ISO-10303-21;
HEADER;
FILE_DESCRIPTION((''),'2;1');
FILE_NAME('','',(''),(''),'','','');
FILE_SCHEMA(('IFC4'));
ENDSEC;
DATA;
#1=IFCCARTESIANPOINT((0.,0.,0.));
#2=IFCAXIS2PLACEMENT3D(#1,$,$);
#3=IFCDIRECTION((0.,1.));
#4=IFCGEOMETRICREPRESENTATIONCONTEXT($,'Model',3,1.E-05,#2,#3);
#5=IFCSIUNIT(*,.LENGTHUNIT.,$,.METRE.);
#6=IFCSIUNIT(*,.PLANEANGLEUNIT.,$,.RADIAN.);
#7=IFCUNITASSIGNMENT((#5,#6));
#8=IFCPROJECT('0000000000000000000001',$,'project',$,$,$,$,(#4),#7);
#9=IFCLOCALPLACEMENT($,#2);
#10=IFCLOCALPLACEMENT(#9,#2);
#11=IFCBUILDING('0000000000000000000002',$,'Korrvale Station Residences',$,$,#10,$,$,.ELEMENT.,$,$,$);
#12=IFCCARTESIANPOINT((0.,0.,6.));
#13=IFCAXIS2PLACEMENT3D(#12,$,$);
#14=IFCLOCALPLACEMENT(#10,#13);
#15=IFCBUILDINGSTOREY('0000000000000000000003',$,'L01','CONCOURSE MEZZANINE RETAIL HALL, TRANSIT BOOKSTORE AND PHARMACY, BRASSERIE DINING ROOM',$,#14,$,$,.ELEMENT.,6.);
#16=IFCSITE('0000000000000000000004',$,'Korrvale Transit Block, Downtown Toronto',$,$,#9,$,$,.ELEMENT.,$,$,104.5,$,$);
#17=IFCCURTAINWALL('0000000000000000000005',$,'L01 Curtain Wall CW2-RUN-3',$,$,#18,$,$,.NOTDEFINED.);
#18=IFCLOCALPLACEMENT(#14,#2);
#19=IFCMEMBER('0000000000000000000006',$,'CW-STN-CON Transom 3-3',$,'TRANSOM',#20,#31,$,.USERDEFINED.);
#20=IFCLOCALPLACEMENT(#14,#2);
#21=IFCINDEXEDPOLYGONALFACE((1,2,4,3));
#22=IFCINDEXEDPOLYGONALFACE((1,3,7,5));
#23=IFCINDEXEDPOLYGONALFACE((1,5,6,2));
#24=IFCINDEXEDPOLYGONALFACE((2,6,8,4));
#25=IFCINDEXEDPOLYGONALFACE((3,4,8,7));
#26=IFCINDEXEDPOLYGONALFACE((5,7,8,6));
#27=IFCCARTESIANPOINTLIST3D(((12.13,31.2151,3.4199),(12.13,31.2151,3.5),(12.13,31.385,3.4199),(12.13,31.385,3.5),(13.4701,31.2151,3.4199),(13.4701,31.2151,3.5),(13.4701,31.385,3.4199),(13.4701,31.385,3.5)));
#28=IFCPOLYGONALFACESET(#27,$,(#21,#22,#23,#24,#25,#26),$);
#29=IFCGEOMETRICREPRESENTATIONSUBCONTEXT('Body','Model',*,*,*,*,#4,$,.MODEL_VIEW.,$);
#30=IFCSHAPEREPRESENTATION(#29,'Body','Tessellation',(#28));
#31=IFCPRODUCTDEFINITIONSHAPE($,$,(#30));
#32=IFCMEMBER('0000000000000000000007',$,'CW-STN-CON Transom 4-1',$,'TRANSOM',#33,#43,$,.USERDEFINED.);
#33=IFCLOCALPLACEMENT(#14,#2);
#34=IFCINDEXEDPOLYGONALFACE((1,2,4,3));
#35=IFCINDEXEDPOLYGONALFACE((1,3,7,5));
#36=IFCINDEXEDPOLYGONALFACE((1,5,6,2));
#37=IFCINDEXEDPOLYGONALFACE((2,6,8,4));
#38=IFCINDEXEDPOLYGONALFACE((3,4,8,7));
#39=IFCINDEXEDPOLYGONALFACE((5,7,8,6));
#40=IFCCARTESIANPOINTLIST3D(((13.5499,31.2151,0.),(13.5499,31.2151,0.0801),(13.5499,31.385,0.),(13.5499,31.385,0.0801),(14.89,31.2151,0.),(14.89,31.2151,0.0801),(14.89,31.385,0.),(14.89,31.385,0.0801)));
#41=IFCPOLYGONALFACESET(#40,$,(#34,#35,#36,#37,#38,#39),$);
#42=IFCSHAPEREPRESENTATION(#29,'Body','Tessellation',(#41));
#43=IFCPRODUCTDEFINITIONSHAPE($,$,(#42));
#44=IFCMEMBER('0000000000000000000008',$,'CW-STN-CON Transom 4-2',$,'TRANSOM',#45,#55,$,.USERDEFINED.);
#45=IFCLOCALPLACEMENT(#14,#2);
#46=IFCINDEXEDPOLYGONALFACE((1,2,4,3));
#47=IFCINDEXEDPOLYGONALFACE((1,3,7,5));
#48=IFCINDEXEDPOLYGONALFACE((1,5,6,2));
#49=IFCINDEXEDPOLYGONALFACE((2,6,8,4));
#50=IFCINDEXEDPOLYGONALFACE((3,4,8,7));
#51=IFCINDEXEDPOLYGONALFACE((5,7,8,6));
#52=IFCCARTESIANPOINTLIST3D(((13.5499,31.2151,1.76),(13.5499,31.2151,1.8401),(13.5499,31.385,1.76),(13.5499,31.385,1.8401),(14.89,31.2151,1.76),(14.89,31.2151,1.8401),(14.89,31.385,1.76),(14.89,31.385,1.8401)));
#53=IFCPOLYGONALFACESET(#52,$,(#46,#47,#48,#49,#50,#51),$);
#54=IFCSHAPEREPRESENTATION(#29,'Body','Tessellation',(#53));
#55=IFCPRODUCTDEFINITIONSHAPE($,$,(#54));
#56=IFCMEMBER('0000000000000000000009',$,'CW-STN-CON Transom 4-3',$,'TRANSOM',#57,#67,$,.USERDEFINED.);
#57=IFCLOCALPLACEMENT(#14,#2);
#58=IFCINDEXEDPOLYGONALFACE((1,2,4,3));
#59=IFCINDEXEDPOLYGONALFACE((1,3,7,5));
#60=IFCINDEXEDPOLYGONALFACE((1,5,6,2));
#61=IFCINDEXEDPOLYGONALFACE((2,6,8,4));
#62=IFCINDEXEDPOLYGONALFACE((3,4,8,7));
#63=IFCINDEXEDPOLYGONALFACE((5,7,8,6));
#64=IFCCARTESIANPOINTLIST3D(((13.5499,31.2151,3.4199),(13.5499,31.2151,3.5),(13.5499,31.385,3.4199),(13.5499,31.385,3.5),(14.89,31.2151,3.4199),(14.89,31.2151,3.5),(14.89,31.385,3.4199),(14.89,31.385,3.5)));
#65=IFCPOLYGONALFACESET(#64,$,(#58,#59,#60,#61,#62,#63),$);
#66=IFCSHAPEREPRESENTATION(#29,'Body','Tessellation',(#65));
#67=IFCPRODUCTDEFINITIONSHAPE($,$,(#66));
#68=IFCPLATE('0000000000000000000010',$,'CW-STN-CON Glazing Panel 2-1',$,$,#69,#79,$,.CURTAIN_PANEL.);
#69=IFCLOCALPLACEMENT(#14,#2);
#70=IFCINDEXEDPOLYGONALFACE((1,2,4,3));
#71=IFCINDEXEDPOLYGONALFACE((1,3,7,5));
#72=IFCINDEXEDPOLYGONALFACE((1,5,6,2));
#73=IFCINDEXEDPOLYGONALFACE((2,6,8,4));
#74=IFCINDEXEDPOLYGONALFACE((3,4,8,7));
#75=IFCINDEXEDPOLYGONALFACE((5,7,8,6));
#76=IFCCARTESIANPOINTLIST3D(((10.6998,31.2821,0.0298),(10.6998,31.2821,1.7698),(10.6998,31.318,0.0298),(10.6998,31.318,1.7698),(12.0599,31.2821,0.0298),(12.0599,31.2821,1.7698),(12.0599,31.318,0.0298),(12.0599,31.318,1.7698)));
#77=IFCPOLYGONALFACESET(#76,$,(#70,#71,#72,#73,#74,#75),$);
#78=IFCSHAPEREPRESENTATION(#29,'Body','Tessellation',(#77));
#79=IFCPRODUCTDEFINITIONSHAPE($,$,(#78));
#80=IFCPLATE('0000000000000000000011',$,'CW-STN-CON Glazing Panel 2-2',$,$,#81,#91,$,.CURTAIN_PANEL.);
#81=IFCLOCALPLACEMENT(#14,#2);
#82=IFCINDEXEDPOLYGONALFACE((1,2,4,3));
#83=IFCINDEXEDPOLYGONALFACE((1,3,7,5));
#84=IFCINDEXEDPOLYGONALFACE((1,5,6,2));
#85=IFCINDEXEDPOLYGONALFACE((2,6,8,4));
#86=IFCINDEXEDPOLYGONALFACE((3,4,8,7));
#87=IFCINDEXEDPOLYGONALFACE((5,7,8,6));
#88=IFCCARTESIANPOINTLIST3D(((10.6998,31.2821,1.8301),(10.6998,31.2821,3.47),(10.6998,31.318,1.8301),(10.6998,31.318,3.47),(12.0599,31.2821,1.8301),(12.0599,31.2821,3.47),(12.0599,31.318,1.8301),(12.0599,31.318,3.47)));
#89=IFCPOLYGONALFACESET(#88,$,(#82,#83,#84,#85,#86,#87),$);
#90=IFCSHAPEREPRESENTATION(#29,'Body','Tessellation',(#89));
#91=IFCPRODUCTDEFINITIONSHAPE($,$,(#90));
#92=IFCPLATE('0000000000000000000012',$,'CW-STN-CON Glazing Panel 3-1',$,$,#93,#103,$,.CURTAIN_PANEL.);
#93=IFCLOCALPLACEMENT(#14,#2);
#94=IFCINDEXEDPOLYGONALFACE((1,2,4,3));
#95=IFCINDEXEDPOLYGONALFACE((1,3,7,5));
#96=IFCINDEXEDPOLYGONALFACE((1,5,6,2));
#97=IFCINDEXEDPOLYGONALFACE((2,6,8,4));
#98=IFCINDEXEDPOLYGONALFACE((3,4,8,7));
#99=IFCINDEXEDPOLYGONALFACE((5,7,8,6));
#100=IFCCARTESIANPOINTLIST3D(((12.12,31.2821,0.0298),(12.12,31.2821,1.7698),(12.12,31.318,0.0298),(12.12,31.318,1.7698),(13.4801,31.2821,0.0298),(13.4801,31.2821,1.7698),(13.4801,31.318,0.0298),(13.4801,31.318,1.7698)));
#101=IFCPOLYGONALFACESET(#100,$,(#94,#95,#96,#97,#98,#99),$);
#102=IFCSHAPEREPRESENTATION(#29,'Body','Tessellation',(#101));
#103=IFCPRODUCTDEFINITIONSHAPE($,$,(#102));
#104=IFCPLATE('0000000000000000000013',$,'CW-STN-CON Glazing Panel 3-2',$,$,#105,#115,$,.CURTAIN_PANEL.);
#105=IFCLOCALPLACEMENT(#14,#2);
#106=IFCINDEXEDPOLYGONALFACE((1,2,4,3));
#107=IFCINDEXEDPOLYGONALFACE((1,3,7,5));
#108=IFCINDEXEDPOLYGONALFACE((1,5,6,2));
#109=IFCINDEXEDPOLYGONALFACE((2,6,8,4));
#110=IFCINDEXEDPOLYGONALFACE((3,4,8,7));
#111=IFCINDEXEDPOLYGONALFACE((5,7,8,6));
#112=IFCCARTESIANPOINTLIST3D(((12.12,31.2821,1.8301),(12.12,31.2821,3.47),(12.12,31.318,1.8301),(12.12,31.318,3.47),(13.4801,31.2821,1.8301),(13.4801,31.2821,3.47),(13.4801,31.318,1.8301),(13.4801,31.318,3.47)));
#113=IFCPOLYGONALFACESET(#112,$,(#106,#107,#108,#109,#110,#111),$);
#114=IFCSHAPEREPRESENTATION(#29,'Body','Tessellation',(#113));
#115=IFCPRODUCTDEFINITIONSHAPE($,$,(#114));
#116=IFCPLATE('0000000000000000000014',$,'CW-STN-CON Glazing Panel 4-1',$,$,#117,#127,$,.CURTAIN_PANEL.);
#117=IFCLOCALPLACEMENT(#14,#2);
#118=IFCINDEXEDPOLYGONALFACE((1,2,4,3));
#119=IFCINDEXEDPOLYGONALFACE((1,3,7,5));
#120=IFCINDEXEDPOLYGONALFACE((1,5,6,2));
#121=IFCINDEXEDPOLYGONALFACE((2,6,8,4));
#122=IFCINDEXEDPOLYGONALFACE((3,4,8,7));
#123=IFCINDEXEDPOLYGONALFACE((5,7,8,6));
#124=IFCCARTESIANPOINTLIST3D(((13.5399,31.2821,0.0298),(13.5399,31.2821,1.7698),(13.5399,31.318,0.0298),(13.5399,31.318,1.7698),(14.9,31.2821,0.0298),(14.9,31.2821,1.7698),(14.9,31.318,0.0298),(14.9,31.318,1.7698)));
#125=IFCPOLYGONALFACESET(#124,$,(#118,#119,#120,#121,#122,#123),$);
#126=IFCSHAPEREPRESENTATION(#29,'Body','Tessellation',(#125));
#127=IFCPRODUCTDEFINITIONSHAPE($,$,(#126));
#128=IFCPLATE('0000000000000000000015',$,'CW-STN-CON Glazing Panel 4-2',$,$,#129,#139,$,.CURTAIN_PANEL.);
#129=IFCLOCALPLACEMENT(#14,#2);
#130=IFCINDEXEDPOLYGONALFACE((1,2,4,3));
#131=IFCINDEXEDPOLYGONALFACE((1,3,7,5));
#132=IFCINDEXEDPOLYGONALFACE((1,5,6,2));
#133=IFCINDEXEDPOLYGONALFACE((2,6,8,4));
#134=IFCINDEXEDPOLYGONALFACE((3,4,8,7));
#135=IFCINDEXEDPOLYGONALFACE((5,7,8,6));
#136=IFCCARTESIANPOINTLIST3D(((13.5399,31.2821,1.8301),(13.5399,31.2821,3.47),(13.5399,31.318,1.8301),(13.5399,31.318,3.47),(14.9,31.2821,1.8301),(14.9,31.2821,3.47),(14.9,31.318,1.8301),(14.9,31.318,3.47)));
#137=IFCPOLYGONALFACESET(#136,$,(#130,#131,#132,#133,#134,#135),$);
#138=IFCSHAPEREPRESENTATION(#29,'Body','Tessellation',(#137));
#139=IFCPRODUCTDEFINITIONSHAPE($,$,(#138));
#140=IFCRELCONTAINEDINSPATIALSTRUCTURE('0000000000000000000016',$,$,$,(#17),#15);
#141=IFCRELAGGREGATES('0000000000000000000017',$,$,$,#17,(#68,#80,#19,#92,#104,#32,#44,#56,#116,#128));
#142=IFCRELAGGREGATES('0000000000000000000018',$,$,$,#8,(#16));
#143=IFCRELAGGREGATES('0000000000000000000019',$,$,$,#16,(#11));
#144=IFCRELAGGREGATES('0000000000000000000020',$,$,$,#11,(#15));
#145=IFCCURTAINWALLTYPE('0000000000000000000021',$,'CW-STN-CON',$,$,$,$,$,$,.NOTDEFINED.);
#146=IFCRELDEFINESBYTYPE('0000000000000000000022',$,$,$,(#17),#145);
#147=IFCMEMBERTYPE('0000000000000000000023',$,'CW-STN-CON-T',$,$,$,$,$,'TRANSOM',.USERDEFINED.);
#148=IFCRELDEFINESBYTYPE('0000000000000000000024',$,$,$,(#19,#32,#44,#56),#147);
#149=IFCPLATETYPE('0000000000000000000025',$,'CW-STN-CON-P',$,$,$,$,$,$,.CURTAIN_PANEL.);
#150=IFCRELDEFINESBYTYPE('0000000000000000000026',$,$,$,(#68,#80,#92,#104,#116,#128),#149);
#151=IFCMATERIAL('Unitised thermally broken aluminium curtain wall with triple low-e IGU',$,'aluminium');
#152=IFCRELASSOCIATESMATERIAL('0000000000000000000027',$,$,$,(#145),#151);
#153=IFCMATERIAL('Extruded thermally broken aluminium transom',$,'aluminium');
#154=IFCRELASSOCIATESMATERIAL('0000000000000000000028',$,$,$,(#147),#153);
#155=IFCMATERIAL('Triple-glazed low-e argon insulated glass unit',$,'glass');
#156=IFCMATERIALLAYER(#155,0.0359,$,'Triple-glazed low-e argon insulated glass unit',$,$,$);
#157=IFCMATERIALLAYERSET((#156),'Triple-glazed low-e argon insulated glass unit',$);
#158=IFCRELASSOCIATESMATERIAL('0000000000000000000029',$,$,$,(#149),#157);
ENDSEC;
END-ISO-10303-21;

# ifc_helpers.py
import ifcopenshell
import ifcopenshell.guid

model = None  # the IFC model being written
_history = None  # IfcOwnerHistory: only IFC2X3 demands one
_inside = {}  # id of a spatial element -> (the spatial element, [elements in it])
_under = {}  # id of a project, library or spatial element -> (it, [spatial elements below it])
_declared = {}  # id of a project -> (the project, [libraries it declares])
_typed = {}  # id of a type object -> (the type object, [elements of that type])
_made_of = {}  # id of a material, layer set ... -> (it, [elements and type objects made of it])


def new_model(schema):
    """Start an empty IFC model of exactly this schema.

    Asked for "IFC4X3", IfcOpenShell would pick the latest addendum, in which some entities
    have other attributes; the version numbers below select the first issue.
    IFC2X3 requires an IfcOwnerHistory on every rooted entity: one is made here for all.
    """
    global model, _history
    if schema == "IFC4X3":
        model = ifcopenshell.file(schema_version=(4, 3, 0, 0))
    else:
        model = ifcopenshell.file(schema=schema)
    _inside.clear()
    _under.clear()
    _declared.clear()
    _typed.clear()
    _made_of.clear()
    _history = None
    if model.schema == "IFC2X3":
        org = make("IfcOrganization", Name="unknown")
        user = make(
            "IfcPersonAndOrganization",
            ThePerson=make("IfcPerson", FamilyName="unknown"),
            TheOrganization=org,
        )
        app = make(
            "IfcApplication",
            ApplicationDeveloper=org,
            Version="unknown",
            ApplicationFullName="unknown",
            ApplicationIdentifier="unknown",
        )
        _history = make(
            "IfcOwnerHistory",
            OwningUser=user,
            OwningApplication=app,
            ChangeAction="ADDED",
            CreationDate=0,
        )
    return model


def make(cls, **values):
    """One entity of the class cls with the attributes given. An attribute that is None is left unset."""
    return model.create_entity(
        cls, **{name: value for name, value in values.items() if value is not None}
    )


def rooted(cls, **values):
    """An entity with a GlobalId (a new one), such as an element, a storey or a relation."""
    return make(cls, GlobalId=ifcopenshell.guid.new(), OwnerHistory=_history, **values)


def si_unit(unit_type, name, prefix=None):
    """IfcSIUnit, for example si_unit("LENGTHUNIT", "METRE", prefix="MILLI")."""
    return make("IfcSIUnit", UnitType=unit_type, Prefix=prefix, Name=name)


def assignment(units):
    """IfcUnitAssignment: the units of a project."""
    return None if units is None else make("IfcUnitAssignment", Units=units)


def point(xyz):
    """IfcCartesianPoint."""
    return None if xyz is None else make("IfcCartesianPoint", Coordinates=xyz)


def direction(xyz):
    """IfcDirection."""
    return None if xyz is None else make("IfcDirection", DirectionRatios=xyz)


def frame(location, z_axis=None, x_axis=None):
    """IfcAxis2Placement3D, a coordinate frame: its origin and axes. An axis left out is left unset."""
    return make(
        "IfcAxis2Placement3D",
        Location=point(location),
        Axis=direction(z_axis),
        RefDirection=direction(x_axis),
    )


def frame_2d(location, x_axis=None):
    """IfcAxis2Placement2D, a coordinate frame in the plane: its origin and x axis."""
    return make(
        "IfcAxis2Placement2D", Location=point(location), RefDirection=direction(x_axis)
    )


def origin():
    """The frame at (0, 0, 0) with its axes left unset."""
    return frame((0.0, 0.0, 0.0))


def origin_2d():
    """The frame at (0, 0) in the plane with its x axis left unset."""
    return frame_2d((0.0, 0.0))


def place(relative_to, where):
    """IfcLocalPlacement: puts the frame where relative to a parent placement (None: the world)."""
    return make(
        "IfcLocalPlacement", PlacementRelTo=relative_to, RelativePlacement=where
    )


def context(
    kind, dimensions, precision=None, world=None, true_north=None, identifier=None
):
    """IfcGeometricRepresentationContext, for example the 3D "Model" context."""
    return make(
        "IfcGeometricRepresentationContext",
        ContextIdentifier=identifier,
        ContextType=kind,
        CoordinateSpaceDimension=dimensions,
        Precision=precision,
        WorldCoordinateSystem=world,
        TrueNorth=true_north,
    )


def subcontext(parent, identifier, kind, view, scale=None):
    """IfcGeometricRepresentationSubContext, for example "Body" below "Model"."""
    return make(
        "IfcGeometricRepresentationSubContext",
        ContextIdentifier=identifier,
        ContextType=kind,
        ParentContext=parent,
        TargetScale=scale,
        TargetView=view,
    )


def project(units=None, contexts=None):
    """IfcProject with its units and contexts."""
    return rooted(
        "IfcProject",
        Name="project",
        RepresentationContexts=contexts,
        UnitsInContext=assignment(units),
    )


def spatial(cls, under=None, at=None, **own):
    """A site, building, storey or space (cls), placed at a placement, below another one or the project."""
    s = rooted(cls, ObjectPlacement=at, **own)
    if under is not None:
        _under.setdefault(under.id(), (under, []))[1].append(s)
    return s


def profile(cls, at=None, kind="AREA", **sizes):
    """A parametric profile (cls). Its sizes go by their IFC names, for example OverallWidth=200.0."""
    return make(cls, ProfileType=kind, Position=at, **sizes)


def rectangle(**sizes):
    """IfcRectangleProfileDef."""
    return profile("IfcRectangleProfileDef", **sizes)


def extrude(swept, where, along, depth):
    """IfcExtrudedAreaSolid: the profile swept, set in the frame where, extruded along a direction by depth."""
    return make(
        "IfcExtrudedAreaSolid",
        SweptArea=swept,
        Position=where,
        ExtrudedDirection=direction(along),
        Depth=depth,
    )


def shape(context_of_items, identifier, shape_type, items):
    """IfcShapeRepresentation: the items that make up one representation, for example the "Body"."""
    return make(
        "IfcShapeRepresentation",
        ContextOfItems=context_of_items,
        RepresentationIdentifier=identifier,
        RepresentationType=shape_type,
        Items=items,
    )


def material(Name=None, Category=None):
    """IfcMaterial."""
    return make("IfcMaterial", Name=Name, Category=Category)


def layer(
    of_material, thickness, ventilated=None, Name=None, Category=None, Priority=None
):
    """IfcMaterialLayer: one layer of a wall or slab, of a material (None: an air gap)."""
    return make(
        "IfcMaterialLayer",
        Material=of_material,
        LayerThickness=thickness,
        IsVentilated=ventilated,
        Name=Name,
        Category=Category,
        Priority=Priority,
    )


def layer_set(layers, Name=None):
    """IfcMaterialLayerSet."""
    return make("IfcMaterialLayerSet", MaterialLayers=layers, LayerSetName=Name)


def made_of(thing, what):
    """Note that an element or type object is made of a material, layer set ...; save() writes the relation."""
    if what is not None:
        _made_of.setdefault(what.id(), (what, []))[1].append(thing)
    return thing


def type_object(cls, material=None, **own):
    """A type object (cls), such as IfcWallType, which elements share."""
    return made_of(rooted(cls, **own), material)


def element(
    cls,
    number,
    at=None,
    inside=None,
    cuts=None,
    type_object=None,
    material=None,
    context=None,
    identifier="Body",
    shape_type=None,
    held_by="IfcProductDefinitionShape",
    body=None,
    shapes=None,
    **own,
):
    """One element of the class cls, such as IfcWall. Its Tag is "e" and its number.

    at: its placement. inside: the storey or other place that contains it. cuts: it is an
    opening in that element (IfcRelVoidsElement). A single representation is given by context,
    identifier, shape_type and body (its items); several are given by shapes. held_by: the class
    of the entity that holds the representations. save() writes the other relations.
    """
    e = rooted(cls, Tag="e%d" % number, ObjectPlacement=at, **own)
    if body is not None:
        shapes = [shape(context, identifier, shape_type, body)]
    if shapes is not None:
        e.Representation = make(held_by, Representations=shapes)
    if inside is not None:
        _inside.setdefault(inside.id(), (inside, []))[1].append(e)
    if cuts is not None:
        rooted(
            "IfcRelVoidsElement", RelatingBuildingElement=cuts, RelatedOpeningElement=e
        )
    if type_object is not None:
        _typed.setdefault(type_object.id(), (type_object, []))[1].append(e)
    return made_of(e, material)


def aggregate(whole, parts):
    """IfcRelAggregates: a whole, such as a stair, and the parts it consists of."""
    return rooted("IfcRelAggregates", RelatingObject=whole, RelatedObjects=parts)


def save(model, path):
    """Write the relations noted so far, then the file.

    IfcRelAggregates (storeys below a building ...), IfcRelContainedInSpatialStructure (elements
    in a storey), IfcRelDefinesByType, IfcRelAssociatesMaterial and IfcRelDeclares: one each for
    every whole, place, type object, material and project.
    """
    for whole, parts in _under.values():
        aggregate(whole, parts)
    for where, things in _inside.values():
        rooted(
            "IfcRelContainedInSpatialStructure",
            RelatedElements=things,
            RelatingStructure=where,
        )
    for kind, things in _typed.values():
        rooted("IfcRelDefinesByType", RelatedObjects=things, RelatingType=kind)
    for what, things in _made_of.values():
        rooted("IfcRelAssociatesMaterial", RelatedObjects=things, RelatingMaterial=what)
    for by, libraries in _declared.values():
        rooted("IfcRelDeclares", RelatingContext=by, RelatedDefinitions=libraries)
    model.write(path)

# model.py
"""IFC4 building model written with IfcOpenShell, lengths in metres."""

from ifc_helpers import new_model, si_unit, direction, frame, origin, origin_2d, place, context, subcontext, project, spatial, rectangle, extrude, material, layer, layer_set, type_object, element, aggregate, save


model = new_model("IFC4")

# Units and contexts
model_context = context("Model", 3, precision=1e-05, world=origin(), true_north=direction((0.0, 1.0)))
body_context = subcontext(model_context, "Body", "Model", "MODEL_VIEW")
ifc_project = project(units=[si_unit("LENGTHUNIT", "METRE"), si_unit("PLANEANGLEUNIT", "RADIAN")], contexts=[model_context])

# Site, building, storey
site_placement = place(None, origin())
site = spatial("IfcSite", under=ifc_project, at=site_placement, Name="Korrvale Transit Block, Downtown Toronto", CompositionType="ELEMENT", RefElevation=104.5)
building_placement = place(site_placement, origin())
building = spatial("IfcBuilding", under=site, at=building_placement, Name="Korrvale Station Residences", CompositionType="ELEMENT")
storey_placement = place(building_placement, frame((0.0, 0.0, 6.0)))
storey = spatial("IfcBuildingStorey", under=building, at=storey_placement, Name="L01", Description="CONCOURSE MEZZANINE RETAIL HALL, TRANSIT BOOKSTORE AND PHARMACY, BRASSERIE DINING ROOM", CompositionType="ELEMENT", Elevation=6.0)

# Curtain wall, members, plates
ifc_material_1 = material(Name="Unitised thermally broken aluminium curtain wall with triple low-e IGU", Category="aluminium")
curtain_wall_type = type_object("IfcCurtainWallType", Name="CW-STN-CON", PredefinedType="NOTDEFINED", material=ifc_material_1)
curtain_wall_placement = place(storey_placement, origin())
curtain_wall = element("IfcCurtainWall", 1, at=curtain_wall_placement, inside=storey, type_object=curtain_wall_type, Name="L01 Curtain Wall CW2-RUN-3", PredefinedType="NOTDEFINED")
ifc_material_2 = material(Name="Extruded thermally broken aluminium transom", Category="aluminium")
member_type_1 = type_object("IfcMemberType", Name="CW-STN-CON-T", ElementType="TRANSOM", PredefinedType="USERDEFINED", material=ifc_material_2)
member_1_placement = place(storey_placement, frame((12.8, 31.3, 3.4199), z_axis=(0.0, 0.0, 1.0), x_axis=(1.0, 0.0, 0.0)))
member_1 = element("IfcMember", 2, at=member_1_placement, type_object=member_type_1, Name="CW-STN-CON Transom 3-3", ObjectType="TRANSOM", PredefinedType="USERDEFINED", context=body_context, shape_type="SweptSolid", body=[
    extrude(rectangle(XDim=1.3401, YDim=0.1699, at=origin_2d()), origin(), (0.0, 0.0, 1.0), 0.0801),
])
member_2_placement = place(storey_placement, frame((14.22, 31.3, 0.0), z_axis=(0.0, 0.0, 1.0), x_axis=(1.0, 0.0, 0.0)))
member_2 = element("IfcMember", 3, at=member_2_placement, type_object=member_type_1, Name="CW-STN-CON Transom 4-1", ObjectType="TRANSOM", PredefinedType="USERDEFINED", context=body_context, shape_type="SweptSolid", body=[
    extrude(rectangle(XDim=1.3401, YDim=0.1699, at=origin_2d()), origin(), (0.0, 0.0, 1.0), 0.0801),
])
member_3_placement = place(storey_placement, frame((14.22, 31.3, 1.76), z_axis=(0.0, 0.0, 1.0), x_axis=(1.0, 0.0, 0.0)))
member_3 = element("IfcMember", 4, at=member_3_placement, type_object=member_type_1, Name="CW-STN-CON Transom 4-2", ObjectType="TRANSOM", PredefinedType="USERDEFINED", context=body_context, shape_type="SweptSolid", body=[
    extrude(rectangle(XDim=1.3401, YDim=0.1699, at=origin_2d()), origin(), (0.0, 0.0, 1.0), 0.0801),
])
member_4_placement = place(storey_placement, frame((14.22, 31.3, 3.4199), z_axis=(0.0, 0.0, 1.0), x_axis=(1.0, 0.0, 0.0)))
member_4 = element("IfcMember", 5, at=member_4_placement, type_object=member_type_1, Name="CW-STN-CON Transom 4-3", ObjectType="TRANSOM", PredefinedType="USERDEFINED", context=body_context, shape_type="SweptSolid", body=[
    extrude(rectangle(XDim=1.3401, YDim=0.1699, at=origin_2d()), origin(), (0.0, 0.0, 1.0), 0.0801),
])
ifc_material_3 = material(Name="Triple-glazed low-e argon insulated glass unit", Category="glass")
ifc_layer_1 = layer(ifc_material_3, 0.0359, Name="Triple-glazed low-e argon insulated glass unit")
ifc_layer_set_1 = layer_set([ifc_layer_1], Name="Triple-glazed low-e argon insulated glass unit")
plate_type = type_object("IfcPlateType", Name="CW-STN-CON-P", PredefinedType="CURTAIN_PANEL", material=ifc_layer_set_1)
plate_1_placement = place(storey_placement, frame((11.3799, 31.3, 0.0298), z_axis=(0.0, 0.0, 1.0), x_axis=(1.0, 0.0, 0.0)))
plate_1 = element("IfcPlate", 6, at=plate_1_placement, type_object=plate_type, Name="CW-STN-CON Glazing Panel 2-1", PredefinedType="CURTAIN_PANEL", context=body_context, shape_type="SweptSolid", body=[
    extrude(rectangle(XDim=1.3601, YDim=0.0359, at=origin_2d()), origin(), (0.0, 0.0, 1.0), 1.74),
])
plate_2_placement = place(storey_placement, frame((11.3799, 31.3, 1.8301), z_axis=(0.0, 0.0, 1.0), x_axis=(1.0, 0.0, 0.0)))
plate_2 = element("IfcPlate", 7, at=plate_2_placement, type_object=plate_type, Name="CW-STN-CON Glazing Panel 2-2", PredefinedType="CURTAIN_PANEL", context=body_context, shape_type="SweptSolid", body=[
    extrude(rectangle(XDim=1.3601, YDim=0.0359, at=origin_2d()), origin(), (0.0, 0.0, 1.0), 1.6399),
])
plate_3_placement = place(storey_placement, frame((12.8, 31.3, 0.0298), z_axis=(0.0, 0.0, 1.0), x_axis=(1.0, 0.0, 0.0)))
plate_3 = element("IfcPlate", 8, at=plate_3_placement, type_object=plate_type, Name="CW-STN-CON Glazing Panel 3-1", PredefinedType="CURTAIN_PANEL", context=body_context, shape_type="SweptSolid", body=[
    extrude(rectangle(XDim=1.3601, YDim=0.0359, at=origin_2d()), origin(), (0.0, 0.0, 1.0), 1.74),
])
plate_4_placement = place(storey_placement, frame((12.8, 31.3, 1.8301), z_axis=(0.0, 0.0, 1.0), x_axis=(1.0, 0.0, 0.0)))
plate_4 = element("IfcPlate", 9, at=plate_4_placement, type_object=plate_type, Name="CW-STN-CON Glazing Panel 3-2", PredefinedType="CURTAIN_PANEL", context=body_context, shape_type="SweptSolid", body=[
    extrude(rectangle(XDim=1.3601, YDim=0.0359, at=origin_2d()), origin(), (0.0, 0.0, 1.0), 1.6399),
])
plate_5_placement = place(storey_placement, frame((14.22, 31.3, 0.0298), z_axis=(0.0, 0.0, 1.0), x_axis=(1.0, 0.0, 0.0)))
plate_5 = element("IfcPlate", 10, at=plate_5_placement, type_object=plate_type, Name="CW-STN-CON Glazing Panel 4-1", PredefinedType="CURTAIN_PANEL", context=body_context, shape_type="SweptSolid", body=[
    extrude(rectangle(XDim=1.3601, YDim=0.0359, at=origin_2d()), origin(), (0.0, 0.0, 1.0), 1.74),
])
plate_6_placement = place(storey_placement, frame((14.22, 31.3, 1.8301), z_axis=(0.0, 0.0, 1.0), x_axis=(1.0, 0.0, 0.0)))
plate_6 = element("IfcPlate", 11, at=plate_6_placement, type_object=plate_type, Name="CW-STN-CON Glazing Panel 4-2", PredefinedType="CURTAIN_PANEL", context=body_context, shape_type="SweptSolid", body=[
    extrude(rectangle(XDim=1.3601, YDim=0.0359, at=origin_2d()), origin(), (0.0, 0.0, 1.0), 1.6399),
])
aggregate(curtain_wall, [plate_1, plate_2, member_1, plate_3, plate_4, member_2, member_3, member_4, plate_5, plate_6])

save(model, "model.ifc")
